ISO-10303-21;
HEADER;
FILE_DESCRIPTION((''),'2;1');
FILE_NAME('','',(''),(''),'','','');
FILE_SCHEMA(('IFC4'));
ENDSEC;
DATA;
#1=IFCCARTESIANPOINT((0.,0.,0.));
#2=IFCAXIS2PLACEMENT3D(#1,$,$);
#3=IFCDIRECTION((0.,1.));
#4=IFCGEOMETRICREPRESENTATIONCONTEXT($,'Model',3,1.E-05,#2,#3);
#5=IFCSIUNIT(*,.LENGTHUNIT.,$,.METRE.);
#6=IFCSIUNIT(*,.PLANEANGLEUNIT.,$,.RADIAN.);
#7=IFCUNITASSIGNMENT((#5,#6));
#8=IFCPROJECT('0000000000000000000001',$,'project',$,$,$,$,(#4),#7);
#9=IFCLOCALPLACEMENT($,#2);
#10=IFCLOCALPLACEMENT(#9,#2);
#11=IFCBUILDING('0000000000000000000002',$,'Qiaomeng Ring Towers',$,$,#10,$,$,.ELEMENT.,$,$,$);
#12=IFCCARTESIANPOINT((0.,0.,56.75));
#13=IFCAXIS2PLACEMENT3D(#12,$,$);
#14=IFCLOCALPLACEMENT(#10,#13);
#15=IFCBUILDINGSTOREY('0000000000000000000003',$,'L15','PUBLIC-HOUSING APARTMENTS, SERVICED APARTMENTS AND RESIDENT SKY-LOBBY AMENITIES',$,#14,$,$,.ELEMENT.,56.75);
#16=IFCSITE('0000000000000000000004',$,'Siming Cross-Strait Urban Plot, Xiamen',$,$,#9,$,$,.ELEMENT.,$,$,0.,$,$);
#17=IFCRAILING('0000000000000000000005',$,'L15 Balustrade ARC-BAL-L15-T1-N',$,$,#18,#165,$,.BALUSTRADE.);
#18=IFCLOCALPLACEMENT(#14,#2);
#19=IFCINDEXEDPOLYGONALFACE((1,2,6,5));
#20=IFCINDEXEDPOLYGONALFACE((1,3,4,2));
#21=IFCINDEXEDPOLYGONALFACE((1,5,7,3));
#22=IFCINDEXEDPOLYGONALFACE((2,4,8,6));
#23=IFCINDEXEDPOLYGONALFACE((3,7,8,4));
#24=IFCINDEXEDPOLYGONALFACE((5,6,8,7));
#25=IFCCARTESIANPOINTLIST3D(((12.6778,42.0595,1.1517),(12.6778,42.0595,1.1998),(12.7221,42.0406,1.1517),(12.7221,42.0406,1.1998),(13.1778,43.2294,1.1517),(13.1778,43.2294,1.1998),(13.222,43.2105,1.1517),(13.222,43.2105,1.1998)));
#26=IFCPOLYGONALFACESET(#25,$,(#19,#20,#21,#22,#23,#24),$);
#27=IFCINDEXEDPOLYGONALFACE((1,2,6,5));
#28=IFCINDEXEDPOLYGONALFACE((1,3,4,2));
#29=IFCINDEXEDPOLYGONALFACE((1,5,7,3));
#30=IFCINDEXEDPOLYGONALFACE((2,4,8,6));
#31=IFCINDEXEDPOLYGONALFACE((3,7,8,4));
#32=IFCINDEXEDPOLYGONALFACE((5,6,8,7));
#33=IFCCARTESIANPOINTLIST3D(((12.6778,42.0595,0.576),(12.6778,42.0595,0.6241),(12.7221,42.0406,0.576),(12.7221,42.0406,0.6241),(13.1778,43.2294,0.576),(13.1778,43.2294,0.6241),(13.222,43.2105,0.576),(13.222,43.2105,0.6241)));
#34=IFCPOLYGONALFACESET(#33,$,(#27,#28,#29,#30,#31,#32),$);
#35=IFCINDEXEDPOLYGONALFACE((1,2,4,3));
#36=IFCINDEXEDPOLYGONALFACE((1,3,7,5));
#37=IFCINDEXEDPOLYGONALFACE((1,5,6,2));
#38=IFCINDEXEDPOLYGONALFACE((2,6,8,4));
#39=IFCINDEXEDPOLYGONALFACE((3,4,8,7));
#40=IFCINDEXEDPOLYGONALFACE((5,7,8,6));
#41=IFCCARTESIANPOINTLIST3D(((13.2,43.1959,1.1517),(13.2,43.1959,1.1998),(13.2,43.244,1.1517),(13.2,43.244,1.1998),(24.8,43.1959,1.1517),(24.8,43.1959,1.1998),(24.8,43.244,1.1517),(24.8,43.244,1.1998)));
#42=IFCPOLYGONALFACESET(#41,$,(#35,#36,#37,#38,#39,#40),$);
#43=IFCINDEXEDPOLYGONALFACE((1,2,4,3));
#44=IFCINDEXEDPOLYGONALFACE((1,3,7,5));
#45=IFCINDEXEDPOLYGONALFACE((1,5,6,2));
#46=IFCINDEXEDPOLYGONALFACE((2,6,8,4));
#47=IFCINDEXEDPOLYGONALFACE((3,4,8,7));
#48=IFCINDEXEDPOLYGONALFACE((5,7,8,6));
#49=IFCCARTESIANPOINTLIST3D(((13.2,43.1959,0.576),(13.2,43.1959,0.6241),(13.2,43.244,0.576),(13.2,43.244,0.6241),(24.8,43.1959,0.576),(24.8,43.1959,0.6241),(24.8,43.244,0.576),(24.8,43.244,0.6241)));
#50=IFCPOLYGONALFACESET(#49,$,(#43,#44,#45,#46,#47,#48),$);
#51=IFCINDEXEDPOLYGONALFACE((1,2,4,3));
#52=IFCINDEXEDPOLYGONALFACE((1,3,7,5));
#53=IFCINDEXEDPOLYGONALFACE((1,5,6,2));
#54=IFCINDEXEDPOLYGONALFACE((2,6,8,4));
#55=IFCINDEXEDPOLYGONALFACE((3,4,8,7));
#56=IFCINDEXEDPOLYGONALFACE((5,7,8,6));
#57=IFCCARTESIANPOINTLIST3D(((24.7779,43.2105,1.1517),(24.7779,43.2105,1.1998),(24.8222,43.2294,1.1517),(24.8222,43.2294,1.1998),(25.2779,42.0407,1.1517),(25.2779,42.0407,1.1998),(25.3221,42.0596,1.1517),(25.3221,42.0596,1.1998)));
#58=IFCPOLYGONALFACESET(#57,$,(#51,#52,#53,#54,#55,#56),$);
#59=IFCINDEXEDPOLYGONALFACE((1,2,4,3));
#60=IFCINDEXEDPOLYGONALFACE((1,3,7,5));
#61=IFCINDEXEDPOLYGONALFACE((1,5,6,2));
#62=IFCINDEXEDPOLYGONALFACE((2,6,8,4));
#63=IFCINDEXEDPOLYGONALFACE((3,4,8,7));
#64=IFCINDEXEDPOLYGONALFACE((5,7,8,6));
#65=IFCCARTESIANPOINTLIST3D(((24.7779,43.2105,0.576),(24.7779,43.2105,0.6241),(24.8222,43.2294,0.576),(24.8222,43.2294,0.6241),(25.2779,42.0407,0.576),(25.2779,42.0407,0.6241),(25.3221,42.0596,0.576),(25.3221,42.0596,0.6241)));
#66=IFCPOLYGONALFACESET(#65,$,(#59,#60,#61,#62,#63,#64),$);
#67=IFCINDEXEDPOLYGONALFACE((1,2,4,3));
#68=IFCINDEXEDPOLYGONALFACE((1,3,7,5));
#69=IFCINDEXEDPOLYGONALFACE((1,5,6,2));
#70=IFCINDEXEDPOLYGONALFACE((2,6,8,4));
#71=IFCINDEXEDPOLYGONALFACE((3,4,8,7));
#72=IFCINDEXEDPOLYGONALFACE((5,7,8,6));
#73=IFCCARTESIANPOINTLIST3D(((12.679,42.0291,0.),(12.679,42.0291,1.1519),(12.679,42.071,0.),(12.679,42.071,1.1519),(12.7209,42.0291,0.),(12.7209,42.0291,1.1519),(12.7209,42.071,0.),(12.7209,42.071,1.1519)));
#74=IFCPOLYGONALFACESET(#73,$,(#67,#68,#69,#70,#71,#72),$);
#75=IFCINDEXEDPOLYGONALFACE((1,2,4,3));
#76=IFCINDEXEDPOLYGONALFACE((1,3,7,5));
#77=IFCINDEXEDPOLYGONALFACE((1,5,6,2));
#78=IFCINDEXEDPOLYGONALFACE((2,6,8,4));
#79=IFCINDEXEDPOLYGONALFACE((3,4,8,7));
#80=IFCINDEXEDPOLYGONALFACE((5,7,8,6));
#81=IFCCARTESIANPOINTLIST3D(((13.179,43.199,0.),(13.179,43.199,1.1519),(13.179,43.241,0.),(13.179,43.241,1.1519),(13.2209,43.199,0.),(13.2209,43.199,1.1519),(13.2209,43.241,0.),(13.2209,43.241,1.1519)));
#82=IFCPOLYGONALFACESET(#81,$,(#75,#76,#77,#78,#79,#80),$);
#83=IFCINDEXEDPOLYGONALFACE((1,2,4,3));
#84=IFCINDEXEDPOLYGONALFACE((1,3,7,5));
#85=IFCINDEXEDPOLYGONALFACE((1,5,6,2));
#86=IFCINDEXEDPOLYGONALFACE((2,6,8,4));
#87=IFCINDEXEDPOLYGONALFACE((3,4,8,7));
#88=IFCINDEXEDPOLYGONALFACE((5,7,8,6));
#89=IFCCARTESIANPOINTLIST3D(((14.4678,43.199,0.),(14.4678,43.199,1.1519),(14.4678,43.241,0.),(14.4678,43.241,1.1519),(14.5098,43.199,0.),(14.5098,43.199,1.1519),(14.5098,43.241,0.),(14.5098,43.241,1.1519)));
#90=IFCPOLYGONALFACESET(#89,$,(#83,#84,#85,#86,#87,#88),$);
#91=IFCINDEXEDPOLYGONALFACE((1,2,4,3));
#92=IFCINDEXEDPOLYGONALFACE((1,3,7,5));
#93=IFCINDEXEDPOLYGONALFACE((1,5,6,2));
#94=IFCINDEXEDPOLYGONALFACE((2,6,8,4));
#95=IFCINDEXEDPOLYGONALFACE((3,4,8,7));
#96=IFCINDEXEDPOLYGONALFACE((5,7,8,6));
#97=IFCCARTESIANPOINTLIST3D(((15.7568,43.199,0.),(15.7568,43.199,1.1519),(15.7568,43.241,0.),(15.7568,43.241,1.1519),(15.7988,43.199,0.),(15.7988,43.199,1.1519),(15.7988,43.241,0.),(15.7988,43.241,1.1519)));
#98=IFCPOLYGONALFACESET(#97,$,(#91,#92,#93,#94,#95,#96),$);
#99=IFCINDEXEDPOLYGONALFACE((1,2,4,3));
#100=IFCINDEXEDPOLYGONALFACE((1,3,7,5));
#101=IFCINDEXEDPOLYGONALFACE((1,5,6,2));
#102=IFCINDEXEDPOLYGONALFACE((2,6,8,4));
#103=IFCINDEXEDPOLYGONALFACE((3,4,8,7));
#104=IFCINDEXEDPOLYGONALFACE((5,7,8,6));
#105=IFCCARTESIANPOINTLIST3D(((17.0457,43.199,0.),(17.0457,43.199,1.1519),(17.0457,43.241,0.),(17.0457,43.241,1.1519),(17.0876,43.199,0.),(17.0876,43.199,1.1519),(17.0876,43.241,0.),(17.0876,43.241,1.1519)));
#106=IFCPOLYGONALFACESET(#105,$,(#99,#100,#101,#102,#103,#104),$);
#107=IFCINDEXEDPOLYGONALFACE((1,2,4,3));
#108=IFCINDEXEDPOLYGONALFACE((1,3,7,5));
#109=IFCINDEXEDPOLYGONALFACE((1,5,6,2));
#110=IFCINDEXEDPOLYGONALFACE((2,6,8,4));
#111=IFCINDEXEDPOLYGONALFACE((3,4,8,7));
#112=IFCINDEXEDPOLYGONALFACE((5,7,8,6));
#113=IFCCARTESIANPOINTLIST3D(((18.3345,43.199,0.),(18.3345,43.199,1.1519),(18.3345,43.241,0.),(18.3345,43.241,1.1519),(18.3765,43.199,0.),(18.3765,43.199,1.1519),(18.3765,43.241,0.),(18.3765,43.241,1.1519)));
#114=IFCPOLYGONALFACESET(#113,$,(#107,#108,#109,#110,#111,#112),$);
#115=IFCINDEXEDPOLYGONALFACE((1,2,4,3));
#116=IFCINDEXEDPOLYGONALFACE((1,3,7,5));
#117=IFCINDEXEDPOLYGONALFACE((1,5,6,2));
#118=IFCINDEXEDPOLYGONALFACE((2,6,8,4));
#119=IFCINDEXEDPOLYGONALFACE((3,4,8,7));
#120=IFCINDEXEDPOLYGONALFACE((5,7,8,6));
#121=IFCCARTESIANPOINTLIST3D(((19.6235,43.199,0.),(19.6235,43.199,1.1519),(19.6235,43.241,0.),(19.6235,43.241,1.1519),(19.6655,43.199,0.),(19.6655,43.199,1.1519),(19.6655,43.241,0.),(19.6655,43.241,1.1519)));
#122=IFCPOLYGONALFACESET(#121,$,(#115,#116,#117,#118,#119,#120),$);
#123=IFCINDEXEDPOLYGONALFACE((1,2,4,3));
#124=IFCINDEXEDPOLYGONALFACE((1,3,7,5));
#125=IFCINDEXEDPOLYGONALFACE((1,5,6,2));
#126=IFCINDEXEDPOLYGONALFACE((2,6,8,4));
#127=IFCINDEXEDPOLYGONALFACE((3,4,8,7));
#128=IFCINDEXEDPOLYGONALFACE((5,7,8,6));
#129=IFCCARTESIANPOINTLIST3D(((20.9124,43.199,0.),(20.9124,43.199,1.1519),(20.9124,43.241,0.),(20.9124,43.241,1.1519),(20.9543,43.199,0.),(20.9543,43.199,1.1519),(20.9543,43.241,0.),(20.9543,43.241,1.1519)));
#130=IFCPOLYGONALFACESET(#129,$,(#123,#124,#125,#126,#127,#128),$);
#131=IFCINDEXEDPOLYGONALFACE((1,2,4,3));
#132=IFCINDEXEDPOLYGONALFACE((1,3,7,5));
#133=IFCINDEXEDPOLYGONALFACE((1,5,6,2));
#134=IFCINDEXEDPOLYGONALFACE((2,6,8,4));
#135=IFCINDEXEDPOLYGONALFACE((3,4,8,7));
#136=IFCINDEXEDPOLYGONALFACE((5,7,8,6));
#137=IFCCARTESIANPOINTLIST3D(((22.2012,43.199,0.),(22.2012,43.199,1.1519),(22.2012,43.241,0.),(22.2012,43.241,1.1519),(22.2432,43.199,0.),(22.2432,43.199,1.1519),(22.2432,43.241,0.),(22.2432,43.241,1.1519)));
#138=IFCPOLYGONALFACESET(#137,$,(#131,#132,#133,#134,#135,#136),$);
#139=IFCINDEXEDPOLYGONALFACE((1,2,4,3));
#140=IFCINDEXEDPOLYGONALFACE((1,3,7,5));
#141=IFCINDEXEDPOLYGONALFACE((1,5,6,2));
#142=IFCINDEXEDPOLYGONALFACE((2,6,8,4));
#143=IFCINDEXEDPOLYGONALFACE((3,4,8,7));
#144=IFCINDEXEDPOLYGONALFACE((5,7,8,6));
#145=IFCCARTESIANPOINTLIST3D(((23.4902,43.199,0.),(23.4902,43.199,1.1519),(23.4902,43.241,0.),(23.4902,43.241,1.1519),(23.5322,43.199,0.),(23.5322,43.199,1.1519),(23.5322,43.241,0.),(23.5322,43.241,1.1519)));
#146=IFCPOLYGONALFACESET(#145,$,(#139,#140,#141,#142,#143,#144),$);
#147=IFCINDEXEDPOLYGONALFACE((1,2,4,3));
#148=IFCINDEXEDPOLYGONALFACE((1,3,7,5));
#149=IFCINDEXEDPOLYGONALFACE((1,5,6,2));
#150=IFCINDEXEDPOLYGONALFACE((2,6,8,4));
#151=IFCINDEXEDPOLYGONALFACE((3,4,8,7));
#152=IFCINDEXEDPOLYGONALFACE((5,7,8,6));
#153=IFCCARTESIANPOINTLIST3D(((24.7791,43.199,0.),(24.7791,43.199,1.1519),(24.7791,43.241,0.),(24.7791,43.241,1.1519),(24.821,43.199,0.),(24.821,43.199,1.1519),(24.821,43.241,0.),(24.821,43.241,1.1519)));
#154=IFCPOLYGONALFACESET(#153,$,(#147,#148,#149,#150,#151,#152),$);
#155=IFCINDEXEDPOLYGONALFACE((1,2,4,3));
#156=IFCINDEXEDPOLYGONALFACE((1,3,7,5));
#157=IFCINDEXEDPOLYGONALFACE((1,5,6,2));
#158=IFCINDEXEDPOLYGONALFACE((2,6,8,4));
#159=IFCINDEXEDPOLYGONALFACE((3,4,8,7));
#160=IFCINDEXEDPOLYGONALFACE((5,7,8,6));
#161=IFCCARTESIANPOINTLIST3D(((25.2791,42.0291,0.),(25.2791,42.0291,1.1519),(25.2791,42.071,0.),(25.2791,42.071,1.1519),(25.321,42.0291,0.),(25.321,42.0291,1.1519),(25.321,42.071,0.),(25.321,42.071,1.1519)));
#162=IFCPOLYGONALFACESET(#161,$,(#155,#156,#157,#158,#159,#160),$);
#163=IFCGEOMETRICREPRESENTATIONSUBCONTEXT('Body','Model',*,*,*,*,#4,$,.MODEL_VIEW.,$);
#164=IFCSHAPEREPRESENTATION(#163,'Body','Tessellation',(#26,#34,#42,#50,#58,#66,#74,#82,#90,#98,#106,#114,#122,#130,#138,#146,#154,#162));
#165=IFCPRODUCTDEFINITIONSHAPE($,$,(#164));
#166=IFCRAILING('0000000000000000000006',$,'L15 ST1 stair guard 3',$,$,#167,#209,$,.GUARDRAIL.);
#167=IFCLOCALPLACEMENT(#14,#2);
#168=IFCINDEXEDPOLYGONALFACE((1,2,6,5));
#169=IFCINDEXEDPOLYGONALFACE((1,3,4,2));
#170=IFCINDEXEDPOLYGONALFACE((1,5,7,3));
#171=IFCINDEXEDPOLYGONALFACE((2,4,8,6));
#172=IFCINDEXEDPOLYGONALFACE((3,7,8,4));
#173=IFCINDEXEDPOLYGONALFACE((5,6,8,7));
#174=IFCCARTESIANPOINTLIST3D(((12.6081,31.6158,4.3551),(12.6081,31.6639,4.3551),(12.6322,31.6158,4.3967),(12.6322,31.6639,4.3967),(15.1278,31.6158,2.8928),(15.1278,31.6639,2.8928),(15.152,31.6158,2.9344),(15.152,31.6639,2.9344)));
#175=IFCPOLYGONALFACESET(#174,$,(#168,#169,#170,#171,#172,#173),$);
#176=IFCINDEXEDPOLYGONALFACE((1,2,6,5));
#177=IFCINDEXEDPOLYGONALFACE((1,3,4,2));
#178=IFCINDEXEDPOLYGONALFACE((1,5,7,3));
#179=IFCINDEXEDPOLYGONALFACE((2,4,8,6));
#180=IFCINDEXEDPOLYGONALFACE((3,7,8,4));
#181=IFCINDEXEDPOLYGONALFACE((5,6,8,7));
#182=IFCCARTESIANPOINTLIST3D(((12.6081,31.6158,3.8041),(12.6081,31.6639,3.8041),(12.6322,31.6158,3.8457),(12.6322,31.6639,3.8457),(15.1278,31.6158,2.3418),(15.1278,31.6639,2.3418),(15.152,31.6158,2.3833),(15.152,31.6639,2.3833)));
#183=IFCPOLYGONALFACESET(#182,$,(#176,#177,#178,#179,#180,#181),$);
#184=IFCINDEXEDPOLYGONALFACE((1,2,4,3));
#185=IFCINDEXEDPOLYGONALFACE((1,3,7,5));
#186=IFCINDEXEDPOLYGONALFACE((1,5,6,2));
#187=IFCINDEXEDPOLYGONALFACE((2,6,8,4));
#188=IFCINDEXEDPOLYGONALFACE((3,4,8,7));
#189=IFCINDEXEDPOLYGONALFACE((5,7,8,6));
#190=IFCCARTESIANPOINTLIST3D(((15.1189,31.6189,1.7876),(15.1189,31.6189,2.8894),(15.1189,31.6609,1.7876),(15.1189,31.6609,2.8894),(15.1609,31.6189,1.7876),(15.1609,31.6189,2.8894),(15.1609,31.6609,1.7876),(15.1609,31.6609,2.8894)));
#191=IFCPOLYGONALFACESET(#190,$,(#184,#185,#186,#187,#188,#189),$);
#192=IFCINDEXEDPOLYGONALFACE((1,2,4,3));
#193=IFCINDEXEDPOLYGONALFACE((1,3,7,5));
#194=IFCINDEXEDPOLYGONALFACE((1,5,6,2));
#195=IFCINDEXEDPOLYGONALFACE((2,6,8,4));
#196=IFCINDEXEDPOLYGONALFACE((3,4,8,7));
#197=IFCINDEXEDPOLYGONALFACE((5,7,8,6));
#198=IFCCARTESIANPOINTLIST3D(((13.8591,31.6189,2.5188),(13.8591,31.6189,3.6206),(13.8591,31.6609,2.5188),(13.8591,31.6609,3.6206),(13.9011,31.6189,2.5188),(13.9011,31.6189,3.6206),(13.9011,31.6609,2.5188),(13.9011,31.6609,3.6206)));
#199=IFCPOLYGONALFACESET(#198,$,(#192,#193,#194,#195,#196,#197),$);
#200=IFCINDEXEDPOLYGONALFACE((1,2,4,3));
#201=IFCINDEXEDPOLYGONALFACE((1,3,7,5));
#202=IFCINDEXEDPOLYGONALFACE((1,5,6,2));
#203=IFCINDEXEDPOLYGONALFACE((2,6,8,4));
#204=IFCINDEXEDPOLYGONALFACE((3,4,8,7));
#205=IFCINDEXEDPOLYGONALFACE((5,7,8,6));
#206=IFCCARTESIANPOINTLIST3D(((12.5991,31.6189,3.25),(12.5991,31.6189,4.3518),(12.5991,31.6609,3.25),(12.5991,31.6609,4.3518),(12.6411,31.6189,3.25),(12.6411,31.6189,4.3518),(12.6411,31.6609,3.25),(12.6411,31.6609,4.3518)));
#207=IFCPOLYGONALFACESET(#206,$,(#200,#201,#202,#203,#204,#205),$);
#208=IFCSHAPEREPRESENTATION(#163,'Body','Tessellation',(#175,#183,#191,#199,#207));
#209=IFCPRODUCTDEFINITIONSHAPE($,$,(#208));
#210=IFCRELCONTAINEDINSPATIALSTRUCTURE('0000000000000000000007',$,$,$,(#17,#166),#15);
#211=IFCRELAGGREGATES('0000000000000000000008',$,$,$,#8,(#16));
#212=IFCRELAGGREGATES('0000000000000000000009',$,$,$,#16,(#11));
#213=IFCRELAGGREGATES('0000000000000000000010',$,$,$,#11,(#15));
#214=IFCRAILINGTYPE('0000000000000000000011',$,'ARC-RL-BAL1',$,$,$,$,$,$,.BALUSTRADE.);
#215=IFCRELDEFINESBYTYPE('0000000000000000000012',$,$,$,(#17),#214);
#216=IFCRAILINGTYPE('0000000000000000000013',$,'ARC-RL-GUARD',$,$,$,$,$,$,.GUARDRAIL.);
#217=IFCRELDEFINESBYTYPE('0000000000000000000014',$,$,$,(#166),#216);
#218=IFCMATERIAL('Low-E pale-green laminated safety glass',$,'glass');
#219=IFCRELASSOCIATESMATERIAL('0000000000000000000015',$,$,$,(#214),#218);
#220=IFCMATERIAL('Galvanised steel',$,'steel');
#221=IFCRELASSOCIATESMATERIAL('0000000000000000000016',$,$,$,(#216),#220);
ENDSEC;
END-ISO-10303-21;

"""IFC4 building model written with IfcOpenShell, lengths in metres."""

from ifc_helpers import new_model, si_unit, direction, frame, origin, origin_2d, place, context, subcontext, project, spatial, rectangle, extrude, material, type_object, element, save


model = new_model("IFC4")

# Units and contexts
model_context = context("Model", 3, precision=1e-05, world=origin(), true_north=direction((0.0, 1.0)))
body_context = subcontext(model_context, "Body", "Model", "MODEL_VIEW")
ifc_project = project(units=[si_unit("LENGTHUNIT", "METRE"), si_unit("PLANEANGLEUNIT", "RADIAN")], contexts=[model_context])

# Site, building, storey
site_placement = place(None, origin())
site = spatial("IfcSite", under=ifc_project, at=site_placement, Name="Siming Cross-Strait Urban Plot, Xiamen", CompositionType="ELEMENT", RefElevation=0.0)
building_placement = place(site_placement, origin())
building = spatial("IfcBuilding", under=site, at=building_placement, Name="Qiaomeng Ring Towers", CompositionType="ELEMENT")
storey_placement = place(building_placement, frame((0.0, 0.0, 56.75)))
storey = spatial("IfcBuildingStorey", under=building, at=storey_placement, Name="L15", Description="PUBLIC-HOUSING APARTMENTS, SERVICED APARTMENTS AND RESIDENT SKY-LOBBY AMENITIES", CompositionType="ELEMENT", Elevation=56.75)

# Shared definitions
ifc_material_1 = material(Name="Galvanised steel", Category="steel")

# Railings
ifc_material_2 = material(Name="Low-E pale-green laminated safety glass", Category="glass")
railing_type_1 = type_object("IfcRailingType", Name="ARC-RL-BAL1", PredefinedType="BALUSTRADE", material=ifc_material_2)
railing_1_placement = place(storey_placement, frame((12.7, 42.05, 0.0)))
element("IfcRailing", 1, at=railing_1_placement, inside=storey, type_object=railing_type_1, Name="L15 Balustrade ARC-BAL-L15-T1-N", PredefinedType="BALUSTRADE", context=body_context, shape_type="SweptSolid", body=[
    extrude(rectangle(XDim=0.0481, YDim=0.0481, at=origin_2d()), frame((0.0, 0.0, 1.1758), z_axis=(0.392993, 0.919542, 0.0), x_axis=(-0.919542, 0.392993, 0.0)), (0.0, 0.0, 1.0), 1.2722),
    extrude(rectangle(XDim=0.0481, YDim=0.0481, at=origin_2d()), frame((0.0, 0.0, 0.6001), z_axis=(0.392993, 0.919542, 0.0), x_axis=(-0.919542, 0.392993, 0.0)), (0.0, 0.0, 1.0), 1.2722),
    extrude(rectangle(XDim=0.0481, YDim=0.0481, at=origin_2d()), frame((0.5, 1.1699, 1.1758), z_axis=(1.0, 0.0, 0.0), x_axis=(0.0, 1.0, 0.0)), (0.0, 0.0, 1.0), 11.6001),
    extrude(rectangle(XDim=0.0481, YDim=0.0481, at=origin_2d()), frame((0.5, 1.1699, 0.6001), z_axis=(1.0, 0.0, 0.0), x_axis=(0.0, 1.0, 0.0)), (0.0, 0.0, 1.0), 11.6001),
    extrude(rectangle(XDim=0.0481, YDim=0.0481, at=origin_2d()), frame((12.1001, 1.1699, 1.1758), z_axis=(0.392993, -0.919542, 0.0), x_axis=(0.919542, 0.392993, 0.0)), (0.0, 0.0, 1.0), 1.2722),
    extrude(rectangle(XDim=0.0481, YDim=0.0481, at=origin_2d()), frame((12.1001, 1.1699, 0.6001), z_axis=(0.392993, -0.919542, 0.0), x_axis=(0.919542, 0.392993, 0.0)), (0.0, 0.0, 1.0), 1.2722),
    extrude(rectangle(XDim=0.042, YDim=0.042, at=origin_2d()), origin(), (0.0, 0.0, 1.0), 1.1519),
    extrude(rectangle(XDim=0.042, YDim=0.042, at=origin_2d()), frame((0.5, 1.1699, 0.0)), (0.0, 0.0, 1.0), 1.1519),
    extrude(rectangle(XDim=0.042, YDim=0.042, at=origin_2d()), frame((1.7888, 1.1699, 0.0)), (0.0, 0.0, 1.0), 1.1519),
    extrude(rectangle(XDim=0.042, YDim=0.042, at=origin_2d()), frame((3.0779, 1.1699, 0.0)), (0.0, 0.0, 1.0), 1.1519),
    extrude(rectangle(XDim=0.042, YDim=0.042, at=origin_2d()), frame((4.3667, 1.1699, 0.0)), (0.0, 0.0, 1.0), 1.1519),
    extrude(rectangle(XDim=0.042, YDim=0.042, at=origin_2d()), frame((5.6555, 1.1699, 0.0)), (0.0, 0.0, 1.0), 1.1519),
    extrude(rectangle(XDim=0.042, YDim=0.042, at=origin_2d()), frame((6.9446, 1.1699, 0.0)), (0.0, 0.0, 1.0), 1.1519),
    extrude(rectangle(XDim=0.042, YDim=0.042, at=origin_2d()), frame((8.2334, 1.1699, 0.0)), (0.0, 0.0, 1.0), 1.1519),
    extrude(rectangle(XDim=0.042, YDim=0.042, at=origin_2d()), frame((9.5222, 1.1699, 0.0)), (0.0, 0.0, 1.0), 1.1519),
    extrude(rectangle(XDim=0.042, YDim=0.042, at=origin_2d()), frame((10.8113, 1.1699, 0.0)), (0.0, 0.0, 1.0), 1.1519),
    extrude(rectangle(XDim=0.042, YDim=0.042, at=origin_2d()), frame((12.1001, 1.1699, 0.0)), (0.0, 0.0, 1.0), 1.1519),
    extrude(rectangle(XDim=0.042, YDim=0.042, at=origin_2d()), frame((12.6001, 0.0, 0.0)), (0.0, 0.0, 1.0), 1.1519),
])
railing_type_2 = type_object("IfcRailingType", Name="ARC-RL-GUARD", PredefinedType="GUARDRAIL", material=ifc_material_1)
railing_2_placement = place(storey_placement, frame((15.1399, 31.6399, 1.7876)))
element("IfcRailing", 2, at=railing_2_placement, inside=storey, type_object=railing_type_2, Name="L15 ST1 stair guard 3", PredefinedType="GUARDRAIL", context=body_context, shape_type="SweptSolid", body=[
    extrude(rectangle(XDim=0.0481, YDim=0.0481, at=origin_2d()), frame((0.0, 0.0, 1.126), z_axis=(-0.864892, 0.0, 0.501958), x_axis=(0.0, -1.0, 0.0)), (0.0, 0.0, 1.0), 2.9133),
    extrude(rectangle(XDim=0.0481, YDim=0.0481, at=origin_2d()), frame((0.0, 0.0, 0.575), z_axis=(-0.864892, 0.0, 0.501958), x_axis=(0.0, -1.0, 0.0)), (0.0, 0.0, 1.0), 2.9133),
    extrude(rectangle(XDim=0.042, YDim=0.042, at=origin_2d()), origin(), (0.0, 0.0, 1.0), 1.1018),
    extrude(rectangle(XDim=0.042, YDim=0.042, at=origin_2d()), frame((-1.2598, 0.0, 0.7312)), (0.0, 0.0, 1.0), 1.1018),
    extrude(rectangle(XDim=0.042, YDim=0.042, at=origin_2d()), frame((-2.5198, 0.0, 1.4624)), (0.0, 0.0, 1.0), 1.1018),
])

save(model, "model.ifc")
